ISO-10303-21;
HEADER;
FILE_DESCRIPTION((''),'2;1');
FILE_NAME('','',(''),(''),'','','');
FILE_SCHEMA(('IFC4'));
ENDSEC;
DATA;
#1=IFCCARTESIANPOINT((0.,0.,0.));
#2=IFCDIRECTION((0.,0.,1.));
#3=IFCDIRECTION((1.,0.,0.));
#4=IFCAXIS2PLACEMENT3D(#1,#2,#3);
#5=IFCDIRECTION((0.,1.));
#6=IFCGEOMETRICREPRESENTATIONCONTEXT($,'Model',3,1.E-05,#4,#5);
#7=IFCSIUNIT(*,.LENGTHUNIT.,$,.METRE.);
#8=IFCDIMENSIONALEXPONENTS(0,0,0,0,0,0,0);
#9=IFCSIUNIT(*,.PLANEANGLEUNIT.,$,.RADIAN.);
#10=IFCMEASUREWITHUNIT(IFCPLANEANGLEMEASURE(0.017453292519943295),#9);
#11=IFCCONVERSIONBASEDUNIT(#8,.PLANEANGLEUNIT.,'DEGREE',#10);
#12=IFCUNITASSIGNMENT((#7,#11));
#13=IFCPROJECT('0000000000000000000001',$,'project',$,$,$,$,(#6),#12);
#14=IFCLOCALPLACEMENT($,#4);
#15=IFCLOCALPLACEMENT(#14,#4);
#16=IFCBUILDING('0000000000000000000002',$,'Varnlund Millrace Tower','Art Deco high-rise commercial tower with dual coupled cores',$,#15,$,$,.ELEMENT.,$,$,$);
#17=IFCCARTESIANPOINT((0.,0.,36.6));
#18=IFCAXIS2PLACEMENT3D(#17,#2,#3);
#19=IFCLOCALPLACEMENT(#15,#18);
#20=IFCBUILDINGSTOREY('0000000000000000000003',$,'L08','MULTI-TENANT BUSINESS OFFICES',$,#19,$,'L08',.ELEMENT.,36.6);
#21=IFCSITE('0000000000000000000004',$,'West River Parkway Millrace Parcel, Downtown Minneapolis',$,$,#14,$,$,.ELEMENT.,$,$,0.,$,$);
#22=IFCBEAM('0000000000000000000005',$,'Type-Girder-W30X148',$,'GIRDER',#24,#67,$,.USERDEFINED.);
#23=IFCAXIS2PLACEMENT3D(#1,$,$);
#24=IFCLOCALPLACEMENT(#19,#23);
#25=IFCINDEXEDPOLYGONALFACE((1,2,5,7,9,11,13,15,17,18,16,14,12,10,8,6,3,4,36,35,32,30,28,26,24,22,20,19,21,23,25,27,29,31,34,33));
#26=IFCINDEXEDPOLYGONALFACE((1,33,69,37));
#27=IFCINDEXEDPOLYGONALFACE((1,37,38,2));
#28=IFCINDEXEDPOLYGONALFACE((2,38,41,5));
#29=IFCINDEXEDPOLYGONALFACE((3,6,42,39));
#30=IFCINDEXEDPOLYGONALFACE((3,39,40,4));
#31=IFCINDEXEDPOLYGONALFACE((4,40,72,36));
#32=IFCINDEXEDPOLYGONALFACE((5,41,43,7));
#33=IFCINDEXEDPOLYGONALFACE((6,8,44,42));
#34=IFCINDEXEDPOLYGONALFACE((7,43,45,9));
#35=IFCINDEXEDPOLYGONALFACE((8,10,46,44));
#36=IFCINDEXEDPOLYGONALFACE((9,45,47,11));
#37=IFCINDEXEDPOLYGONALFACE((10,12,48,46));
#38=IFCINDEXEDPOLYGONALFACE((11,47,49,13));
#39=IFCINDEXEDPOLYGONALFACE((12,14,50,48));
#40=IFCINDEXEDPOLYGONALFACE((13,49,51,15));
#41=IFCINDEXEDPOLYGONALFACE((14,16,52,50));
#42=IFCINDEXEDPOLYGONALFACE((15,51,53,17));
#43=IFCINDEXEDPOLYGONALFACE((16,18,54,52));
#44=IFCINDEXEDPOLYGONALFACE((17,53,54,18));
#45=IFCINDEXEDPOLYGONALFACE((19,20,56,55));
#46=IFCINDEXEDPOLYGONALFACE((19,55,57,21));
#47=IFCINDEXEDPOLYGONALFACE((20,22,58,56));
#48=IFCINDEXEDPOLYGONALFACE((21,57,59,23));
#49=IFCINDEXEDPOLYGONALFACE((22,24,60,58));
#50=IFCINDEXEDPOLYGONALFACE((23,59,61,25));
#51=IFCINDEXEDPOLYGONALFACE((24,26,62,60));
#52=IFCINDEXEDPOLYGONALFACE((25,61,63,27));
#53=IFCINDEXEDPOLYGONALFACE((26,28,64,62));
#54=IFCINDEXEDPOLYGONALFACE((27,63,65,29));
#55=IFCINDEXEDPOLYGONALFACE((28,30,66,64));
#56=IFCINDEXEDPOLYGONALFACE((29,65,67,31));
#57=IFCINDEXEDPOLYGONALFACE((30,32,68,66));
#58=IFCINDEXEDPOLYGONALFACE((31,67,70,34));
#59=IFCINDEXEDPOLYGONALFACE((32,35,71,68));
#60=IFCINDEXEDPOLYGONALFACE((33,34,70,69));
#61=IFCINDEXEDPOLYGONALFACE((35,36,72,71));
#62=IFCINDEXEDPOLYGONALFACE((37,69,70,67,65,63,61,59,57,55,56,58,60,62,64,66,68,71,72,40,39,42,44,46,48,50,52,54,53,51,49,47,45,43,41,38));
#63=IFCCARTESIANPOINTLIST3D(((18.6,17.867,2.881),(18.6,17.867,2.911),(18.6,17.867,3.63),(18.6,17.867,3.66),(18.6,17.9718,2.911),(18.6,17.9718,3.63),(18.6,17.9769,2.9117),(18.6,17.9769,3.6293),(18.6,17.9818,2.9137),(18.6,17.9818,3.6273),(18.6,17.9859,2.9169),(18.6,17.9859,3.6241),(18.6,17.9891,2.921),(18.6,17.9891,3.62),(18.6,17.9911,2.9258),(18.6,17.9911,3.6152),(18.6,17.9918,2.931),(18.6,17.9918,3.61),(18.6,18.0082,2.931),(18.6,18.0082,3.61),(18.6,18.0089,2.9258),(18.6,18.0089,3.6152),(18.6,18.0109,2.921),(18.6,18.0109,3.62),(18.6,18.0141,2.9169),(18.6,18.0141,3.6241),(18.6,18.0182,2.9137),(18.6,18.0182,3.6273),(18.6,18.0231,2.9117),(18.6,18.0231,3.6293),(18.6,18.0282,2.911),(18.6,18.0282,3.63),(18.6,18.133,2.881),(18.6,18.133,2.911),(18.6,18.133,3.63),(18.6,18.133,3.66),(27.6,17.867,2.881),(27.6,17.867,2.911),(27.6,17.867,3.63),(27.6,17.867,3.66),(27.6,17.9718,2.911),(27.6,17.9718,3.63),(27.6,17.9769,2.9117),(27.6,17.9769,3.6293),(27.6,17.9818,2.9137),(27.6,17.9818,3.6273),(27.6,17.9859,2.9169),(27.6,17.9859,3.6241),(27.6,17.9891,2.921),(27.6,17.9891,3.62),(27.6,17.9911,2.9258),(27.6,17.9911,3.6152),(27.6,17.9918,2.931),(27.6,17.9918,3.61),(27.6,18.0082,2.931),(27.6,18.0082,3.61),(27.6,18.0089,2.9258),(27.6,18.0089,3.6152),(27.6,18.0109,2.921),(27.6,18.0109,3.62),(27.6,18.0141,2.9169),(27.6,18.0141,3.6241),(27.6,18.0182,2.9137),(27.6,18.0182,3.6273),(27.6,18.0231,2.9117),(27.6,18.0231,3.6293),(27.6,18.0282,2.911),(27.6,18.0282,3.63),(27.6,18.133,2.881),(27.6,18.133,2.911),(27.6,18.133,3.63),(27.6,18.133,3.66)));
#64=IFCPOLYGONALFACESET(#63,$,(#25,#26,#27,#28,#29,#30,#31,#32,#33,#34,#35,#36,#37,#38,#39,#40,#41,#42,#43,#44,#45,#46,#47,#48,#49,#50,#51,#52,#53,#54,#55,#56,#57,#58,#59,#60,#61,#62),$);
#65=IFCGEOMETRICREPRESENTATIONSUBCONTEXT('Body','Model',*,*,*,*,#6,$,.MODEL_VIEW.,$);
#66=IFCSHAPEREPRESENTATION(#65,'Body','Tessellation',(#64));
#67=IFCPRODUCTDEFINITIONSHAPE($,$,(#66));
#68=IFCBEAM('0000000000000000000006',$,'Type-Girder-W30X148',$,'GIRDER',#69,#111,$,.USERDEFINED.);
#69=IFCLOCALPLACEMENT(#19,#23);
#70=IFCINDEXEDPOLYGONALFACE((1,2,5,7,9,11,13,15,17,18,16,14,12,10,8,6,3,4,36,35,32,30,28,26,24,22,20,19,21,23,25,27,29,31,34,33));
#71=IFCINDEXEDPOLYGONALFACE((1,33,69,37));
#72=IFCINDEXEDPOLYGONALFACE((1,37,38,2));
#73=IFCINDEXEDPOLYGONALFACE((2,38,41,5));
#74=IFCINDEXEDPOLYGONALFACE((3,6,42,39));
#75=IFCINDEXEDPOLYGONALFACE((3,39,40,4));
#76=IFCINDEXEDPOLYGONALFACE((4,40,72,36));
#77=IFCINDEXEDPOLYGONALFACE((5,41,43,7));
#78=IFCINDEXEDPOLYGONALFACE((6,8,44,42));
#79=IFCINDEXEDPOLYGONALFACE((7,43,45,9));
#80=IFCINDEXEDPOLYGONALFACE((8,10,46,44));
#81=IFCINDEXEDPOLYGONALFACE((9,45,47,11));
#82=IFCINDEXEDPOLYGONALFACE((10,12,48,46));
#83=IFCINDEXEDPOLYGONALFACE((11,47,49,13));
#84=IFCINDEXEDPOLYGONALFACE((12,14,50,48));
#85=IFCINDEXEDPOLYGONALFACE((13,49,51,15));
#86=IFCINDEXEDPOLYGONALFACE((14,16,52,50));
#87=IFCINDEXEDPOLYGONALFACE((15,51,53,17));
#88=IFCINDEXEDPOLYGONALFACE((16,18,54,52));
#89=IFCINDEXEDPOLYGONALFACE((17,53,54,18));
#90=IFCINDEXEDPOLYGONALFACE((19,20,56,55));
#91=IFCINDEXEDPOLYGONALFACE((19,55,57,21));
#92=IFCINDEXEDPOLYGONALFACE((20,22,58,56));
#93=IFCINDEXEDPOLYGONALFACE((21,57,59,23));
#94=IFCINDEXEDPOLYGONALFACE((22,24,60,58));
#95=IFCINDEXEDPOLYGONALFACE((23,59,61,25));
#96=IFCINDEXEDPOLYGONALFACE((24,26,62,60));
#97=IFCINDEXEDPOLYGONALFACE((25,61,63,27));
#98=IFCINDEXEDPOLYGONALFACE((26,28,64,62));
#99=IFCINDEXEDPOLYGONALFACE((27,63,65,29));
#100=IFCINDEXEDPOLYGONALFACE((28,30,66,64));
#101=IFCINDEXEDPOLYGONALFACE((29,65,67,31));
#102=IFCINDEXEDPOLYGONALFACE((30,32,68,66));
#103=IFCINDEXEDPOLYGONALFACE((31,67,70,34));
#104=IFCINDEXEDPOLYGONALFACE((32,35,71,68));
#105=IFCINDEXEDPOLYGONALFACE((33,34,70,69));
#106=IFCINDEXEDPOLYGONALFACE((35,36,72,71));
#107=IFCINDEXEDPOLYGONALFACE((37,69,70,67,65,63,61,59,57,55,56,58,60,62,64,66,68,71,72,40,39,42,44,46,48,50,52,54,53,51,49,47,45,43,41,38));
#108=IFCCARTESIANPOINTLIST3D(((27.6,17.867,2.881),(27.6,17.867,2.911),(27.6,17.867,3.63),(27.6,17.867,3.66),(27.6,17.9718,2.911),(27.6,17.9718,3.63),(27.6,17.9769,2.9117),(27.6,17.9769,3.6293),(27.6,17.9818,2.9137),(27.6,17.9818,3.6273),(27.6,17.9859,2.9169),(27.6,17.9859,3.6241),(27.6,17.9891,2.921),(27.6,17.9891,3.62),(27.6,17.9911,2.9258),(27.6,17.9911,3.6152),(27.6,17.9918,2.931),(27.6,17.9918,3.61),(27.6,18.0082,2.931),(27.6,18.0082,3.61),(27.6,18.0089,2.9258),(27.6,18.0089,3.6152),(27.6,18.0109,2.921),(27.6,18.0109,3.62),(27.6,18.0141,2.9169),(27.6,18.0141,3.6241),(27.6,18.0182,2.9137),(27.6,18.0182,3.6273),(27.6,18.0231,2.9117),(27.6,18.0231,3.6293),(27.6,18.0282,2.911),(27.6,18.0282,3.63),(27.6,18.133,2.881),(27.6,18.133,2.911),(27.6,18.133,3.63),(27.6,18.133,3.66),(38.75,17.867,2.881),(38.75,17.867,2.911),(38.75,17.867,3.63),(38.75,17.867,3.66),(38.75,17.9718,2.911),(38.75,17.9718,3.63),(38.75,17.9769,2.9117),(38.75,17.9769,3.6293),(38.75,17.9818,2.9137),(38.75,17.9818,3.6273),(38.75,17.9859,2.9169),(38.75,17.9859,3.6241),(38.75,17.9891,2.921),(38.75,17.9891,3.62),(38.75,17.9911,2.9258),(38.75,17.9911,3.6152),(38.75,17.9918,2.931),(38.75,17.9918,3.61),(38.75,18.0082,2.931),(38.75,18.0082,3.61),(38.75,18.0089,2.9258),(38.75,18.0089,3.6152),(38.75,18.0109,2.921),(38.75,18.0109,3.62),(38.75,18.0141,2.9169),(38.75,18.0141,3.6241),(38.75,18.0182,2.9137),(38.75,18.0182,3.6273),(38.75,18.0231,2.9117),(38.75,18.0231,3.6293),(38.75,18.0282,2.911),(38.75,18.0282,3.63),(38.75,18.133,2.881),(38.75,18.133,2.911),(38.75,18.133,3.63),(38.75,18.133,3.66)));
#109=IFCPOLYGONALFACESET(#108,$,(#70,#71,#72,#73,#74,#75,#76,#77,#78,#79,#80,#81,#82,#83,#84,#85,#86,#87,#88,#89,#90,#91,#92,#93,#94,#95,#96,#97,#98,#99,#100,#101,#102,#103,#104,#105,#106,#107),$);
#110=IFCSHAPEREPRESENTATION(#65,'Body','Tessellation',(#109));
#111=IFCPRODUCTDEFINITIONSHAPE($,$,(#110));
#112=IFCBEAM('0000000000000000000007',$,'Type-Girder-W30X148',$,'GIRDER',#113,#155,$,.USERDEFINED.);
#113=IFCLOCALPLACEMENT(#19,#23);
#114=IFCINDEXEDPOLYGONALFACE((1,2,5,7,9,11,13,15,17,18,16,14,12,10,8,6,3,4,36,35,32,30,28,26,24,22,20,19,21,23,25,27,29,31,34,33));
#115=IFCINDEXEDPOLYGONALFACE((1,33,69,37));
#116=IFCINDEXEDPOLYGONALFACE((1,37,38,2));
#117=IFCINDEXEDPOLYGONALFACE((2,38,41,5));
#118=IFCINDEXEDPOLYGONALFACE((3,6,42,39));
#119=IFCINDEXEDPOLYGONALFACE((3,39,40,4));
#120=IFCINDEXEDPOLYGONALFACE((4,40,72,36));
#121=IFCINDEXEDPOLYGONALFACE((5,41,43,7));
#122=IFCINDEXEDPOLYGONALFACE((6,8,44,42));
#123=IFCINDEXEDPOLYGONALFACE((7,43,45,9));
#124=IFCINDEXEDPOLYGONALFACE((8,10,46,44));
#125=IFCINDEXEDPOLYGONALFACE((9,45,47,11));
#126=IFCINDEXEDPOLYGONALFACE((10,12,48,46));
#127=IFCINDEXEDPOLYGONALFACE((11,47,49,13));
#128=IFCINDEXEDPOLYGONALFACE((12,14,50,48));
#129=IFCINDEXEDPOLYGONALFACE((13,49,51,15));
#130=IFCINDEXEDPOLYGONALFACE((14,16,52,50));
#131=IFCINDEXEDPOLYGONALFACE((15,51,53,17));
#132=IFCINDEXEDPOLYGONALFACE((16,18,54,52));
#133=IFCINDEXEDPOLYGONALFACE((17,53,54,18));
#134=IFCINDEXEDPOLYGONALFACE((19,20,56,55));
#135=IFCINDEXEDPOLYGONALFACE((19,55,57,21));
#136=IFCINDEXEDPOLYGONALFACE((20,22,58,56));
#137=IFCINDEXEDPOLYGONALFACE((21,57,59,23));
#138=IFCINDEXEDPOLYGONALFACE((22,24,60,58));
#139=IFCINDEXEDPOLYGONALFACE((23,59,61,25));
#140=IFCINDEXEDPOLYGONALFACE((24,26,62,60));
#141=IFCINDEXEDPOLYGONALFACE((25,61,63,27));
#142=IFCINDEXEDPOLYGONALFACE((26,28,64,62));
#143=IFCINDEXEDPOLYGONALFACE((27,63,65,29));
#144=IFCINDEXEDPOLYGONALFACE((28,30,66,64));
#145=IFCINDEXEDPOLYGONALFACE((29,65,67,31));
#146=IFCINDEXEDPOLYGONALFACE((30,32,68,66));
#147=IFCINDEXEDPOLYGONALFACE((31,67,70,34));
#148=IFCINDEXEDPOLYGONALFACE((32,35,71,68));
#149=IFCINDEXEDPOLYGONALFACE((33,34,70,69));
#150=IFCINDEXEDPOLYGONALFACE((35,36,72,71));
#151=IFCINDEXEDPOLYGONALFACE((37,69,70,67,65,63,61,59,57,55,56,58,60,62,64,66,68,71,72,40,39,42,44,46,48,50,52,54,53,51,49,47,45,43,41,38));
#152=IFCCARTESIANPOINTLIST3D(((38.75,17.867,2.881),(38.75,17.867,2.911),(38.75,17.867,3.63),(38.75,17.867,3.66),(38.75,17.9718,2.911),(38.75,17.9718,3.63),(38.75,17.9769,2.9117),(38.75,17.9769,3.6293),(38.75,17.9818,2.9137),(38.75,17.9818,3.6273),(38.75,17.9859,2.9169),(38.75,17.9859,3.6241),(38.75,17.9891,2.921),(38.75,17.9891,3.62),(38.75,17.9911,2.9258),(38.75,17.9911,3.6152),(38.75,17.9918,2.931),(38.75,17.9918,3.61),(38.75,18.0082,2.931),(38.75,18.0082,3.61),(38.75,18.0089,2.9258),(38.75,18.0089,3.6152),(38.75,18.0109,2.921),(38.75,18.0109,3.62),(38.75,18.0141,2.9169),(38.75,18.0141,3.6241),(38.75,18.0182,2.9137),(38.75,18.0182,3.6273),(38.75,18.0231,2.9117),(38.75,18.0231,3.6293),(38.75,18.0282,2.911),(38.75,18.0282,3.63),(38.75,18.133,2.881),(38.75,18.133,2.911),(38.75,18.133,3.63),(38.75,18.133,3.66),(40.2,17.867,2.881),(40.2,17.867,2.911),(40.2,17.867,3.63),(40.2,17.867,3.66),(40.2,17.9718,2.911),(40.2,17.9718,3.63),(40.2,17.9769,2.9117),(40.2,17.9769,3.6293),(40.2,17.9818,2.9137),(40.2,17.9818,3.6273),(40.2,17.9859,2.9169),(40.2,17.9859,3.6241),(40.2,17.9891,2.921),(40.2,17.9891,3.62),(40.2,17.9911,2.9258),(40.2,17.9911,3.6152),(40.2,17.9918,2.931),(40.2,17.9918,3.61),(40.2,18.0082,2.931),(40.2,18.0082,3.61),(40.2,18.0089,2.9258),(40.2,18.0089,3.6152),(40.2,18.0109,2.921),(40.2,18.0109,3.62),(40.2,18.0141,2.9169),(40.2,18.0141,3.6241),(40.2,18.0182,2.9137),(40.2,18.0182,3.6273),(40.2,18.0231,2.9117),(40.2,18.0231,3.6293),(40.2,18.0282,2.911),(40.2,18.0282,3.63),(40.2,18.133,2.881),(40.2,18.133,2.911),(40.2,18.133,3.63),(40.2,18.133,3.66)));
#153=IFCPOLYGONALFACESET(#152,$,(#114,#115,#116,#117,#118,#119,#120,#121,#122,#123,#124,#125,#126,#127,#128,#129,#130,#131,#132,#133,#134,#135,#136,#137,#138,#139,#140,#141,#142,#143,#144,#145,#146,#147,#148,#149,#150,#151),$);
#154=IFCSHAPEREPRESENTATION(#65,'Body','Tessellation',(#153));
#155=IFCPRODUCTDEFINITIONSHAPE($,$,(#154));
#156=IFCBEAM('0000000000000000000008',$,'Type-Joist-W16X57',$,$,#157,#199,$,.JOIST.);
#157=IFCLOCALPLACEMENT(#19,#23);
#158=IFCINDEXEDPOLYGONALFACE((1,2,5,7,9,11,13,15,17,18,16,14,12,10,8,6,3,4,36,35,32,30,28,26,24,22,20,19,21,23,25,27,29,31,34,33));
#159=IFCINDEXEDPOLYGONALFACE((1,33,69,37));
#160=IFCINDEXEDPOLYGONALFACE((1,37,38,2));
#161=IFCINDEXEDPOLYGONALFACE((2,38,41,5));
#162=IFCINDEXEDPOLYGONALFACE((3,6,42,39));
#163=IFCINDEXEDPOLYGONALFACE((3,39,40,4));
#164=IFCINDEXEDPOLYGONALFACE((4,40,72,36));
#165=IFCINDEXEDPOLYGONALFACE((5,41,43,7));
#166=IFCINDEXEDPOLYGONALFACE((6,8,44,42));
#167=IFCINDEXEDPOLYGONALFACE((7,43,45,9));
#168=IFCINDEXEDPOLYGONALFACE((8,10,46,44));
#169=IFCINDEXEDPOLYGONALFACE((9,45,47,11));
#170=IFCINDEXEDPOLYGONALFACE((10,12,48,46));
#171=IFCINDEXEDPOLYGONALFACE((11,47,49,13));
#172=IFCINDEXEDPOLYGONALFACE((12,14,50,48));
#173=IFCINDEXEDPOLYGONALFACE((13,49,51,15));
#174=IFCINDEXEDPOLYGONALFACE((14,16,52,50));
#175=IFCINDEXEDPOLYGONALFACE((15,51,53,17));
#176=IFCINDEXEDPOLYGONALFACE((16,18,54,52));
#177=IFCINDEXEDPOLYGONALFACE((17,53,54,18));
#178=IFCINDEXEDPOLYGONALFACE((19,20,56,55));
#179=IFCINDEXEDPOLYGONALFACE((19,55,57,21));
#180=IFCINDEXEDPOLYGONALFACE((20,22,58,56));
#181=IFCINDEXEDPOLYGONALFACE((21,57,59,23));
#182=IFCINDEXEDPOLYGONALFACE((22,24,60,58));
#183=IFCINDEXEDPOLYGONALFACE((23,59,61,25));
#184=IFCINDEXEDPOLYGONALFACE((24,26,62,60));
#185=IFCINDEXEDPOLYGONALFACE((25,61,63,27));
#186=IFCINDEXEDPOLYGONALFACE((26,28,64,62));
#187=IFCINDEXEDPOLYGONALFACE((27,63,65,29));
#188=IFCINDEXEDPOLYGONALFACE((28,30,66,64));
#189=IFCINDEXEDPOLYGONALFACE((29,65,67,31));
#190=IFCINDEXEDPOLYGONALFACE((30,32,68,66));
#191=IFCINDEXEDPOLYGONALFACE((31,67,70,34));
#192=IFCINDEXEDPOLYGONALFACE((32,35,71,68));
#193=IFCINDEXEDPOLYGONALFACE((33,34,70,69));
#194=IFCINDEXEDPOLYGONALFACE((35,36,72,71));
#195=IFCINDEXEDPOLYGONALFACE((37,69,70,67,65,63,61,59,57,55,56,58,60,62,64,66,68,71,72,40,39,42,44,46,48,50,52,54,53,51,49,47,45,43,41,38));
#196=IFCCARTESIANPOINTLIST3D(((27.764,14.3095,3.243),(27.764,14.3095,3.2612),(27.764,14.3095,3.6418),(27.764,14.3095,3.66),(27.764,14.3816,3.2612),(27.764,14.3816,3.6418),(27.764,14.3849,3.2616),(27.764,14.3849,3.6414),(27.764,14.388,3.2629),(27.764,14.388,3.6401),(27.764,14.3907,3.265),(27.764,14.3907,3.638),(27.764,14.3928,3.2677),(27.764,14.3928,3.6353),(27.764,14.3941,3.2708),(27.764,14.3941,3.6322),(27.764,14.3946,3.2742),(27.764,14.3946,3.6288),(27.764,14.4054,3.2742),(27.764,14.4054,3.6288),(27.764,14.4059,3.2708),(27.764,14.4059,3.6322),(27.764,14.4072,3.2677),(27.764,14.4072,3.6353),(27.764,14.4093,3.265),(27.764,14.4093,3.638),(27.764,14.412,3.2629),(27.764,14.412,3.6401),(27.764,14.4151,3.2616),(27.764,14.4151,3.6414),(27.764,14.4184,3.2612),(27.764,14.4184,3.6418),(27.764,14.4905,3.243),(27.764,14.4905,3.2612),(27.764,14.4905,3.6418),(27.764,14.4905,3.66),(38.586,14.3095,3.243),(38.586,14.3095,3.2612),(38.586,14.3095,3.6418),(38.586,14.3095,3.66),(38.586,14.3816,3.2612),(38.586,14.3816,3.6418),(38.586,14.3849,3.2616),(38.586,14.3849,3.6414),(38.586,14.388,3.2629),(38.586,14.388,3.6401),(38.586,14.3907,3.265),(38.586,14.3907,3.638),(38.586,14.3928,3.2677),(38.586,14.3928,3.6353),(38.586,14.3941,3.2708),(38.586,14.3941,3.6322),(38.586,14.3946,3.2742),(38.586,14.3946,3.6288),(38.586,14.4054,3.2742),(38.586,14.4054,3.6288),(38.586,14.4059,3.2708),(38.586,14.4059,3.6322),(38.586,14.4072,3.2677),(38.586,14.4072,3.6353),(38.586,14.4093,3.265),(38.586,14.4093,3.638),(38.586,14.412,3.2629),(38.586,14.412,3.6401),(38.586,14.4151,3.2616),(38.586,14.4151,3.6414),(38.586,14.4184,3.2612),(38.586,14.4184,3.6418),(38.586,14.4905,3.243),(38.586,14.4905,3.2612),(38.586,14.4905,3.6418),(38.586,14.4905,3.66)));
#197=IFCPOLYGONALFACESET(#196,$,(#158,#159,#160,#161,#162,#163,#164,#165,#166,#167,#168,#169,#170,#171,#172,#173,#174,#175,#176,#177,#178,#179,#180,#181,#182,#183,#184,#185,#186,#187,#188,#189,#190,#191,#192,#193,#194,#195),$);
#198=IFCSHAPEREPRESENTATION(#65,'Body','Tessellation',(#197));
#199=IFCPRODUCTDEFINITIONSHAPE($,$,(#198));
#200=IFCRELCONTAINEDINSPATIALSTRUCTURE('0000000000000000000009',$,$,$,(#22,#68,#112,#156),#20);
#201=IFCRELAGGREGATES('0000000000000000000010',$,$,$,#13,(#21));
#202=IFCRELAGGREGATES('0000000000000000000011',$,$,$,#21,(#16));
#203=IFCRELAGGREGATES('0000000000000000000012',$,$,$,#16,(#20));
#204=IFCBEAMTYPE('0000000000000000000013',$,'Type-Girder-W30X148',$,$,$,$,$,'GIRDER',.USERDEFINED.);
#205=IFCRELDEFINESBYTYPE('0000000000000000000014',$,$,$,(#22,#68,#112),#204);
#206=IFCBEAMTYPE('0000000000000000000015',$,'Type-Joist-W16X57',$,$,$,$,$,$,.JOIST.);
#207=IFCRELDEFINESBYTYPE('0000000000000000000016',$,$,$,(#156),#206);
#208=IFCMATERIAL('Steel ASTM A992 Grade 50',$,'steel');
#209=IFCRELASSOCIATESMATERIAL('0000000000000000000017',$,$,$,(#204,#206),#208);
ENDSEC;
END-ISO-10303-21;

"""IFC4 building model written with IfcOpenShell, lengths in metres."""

from ifc_helpers import new_model, entity, si_unit, converted_unit, direction, frame, origin_with_axes, origin_2d_with_axis, place, context, subcontext, project, spatial, i_section, extrude, material, material_profile, profile_set, type_object, element, save


model = new_model("IFC4")

# Units and contexts
model_context = context("Model", 3, precision=1e-05, world=origin_with_axes(), true_north=direction((0.0, 1.0)))
body_context = subcontext(model_context, "Body", "Model", "MODEL_VIEW")
ifc_project = project(units=[si_unit("LENGTHUNIT", "METRE"), converted_unit("PLANEANGLEUNIT", "DEGREE", entity("IfcPlaneAngleMeasure", 0.017453292519943295), si_unit("PLANEANGLEUNIT", "RADIAN"), dimensions=[0, 0, 0, 0, 0, 0, 0])], contexts=[model_context])

# Site, building, storey
site_placement = place(None, origin_with_axes())
site = spatial("IfcSite", under=ifc_project, at=site_placement, Name="West River Parkway Millrace Parcel, Downtown Minneapolis", CompositionType="ELEMENT", RefElevation=0.0)
building_placement = place(site_placement, origin_with_axes())
building = spatial("IfcBuilding", under=site, at=building_placement, Name="Varnlund Millrace Tower", Description="Art Deco high-rise commercial tower with dual coupled cores", CompositionType="ELEMENT")
storey_placement = place(building_placement, frame((0.0, 0.0, 36.6), z_axis=(0.0, 0.0, 1.0), x_axis=(1.0, 0.0, 0.0)))
storey = spatial("IfcBuildingStorey", under=building, at=storey_placement, Name="L08", Description="MULTI-TENANT BUSINESS OFFICES", LongName="L08", CompositionType="ELEMENT", Elevation=36.6)

# Beams
ifc_material_1 = material(Name="Steel ASTM A992 Grade 50", Category="steel")
ifc_material_profile_1 = material_profile(ifc_material_1, i_section(OverallWidth=0.266, OverallDepth=0.779, WebThickness=0.0165, FlangeThickness=0.03, FilletRadius=0.02, at=origin_2d_with_axis()), Name="Steel ASTM A992 Grade 50")
ifc_profile_set_1 = profile_set([ifc_material_profile_1], Name="Steel ASTM A992 Grade 50")
beam_type_1 = type_object("IfcBeamType", Name="Type-Girder-W30X148", ElementType="GIRDER", PredefinedType="USERDEFINED", material=ifc_profile_set_1)
beam_1_placement = place(storey_placement, frame((18.6, 18.0, 3.2705), z_axis=(1.0, 0.0, 0.0), x_axis=(0.0, 1.0, 0.0)))
element("IfcBeam", 1, at=beam_1_placement, inside=storey, type_object=beam_type_1, Name="Type-Girder-W30X148", ObjectType="GIRDER", PredefinedType="USERDEFINED", context=body_context, shape_type="SweptSolid", body=[
    extrude(i_section(OverallWidth=0.266, OverallDepth=0.779, WebThickness=0.0165, FlangeThickness=0.03, FilletRadius=0.02, at=origin_2d_with_axis()), origin_with_axes(), (0.0, 0.0, 1.0), 9.0),
])
beam_2_placement = place(storey_placement, frame((27.6, 18.0, 3.2705), z_axis=(1.0, 0.0, 0.0), x_axis=(0.0, 1.0, 0.0)))
element("IfcBeam", 2, at=beam_2_placement, inside=storey, type_object=beam_type_1, Name="Type-Girder-W30X148", ObjectType="GIRDER", PredefinedType="USERDEFINED", context=body_context, shape_type="SweptSolid", body=[
    extrude(i_section(OverallWidth=0.266, OverallDepth=0.779, WebThickness=0.0165, FlangeThickness=0.03, FilletRadius=0.02, at=origin_2d_with_axis()), origin_with_axes(), (0.0, 0.0, 1.0), 11.15),
])
beam_3_placement = place(storey_placement, frame((38.75, 18.0, 3.2705), z_axis=(1.0, 0.0, 0.0), x_axis=(0.0, 1.0, 0.0)))
element("IfcBeam", 3, at=beam_3_placement, inside=storey, type_object=beam_type_1, Name="Type-Girder-W30X148", ObjectType="GIRDER", PredefinedType="USERDEFINED", context=body_context, shape_type="SweptSolid", body=[
    extrude(i_section(OverallWidth=0.266, OverallDepth=0.779, WebThickness=0.0165, FlangeThickness=0.03, FilletRadius=0.02, at=origin_2d_with_axis()), origin_with_axes(), (0.0, 0.0, 1.0), 1.45),
])
ifc_material_profile_2 = material_profile(ifc_material_1, i_section(OverallWidth=0.181, OverallDepth=0.417, WebThickness=0.0109, FlangeThickness=0.0182, FilletRadius=0.013, at=origin_2d_with_axis()), Name="Steel ASTM A992 Grade 50")
ifc_profile_set_2 = profile_set([ifc_material_profile_2], Name="Steel ASTM A992 Grade 50")
beam_type_2 = type_object("IfcBeamType", Name="Type-Joist-W16X57", PredefinedType="JOIST", material=ifc_profile_set_2)
beam_4_placement = place(storey_placement, frame((27.764, 14.4, 3.4515), z_axis=(1.0, 0.0, 0.0), x_axis=(0.0, 1.0, 0.0)))
element("IfcBeam", 4, at=beam_4_placement, inside=storey, type_object=beam_type_2, Name="Type-Joist-W16X57", PredefinedType="JOIST", context=body_context, shape_type="SweptSolid", body=[
    extrude(i_section(OverallWidth=0.181, OverallDepth=0.417, WebThickness=0.0109, FlangeThickness=0.0182, FilletRadius=0.013, at=origin_2d_with_axis()), origin_with_axes(), (0.0, 0.0, 1.0), 10.822),
])

save(model, "model.ifc")
